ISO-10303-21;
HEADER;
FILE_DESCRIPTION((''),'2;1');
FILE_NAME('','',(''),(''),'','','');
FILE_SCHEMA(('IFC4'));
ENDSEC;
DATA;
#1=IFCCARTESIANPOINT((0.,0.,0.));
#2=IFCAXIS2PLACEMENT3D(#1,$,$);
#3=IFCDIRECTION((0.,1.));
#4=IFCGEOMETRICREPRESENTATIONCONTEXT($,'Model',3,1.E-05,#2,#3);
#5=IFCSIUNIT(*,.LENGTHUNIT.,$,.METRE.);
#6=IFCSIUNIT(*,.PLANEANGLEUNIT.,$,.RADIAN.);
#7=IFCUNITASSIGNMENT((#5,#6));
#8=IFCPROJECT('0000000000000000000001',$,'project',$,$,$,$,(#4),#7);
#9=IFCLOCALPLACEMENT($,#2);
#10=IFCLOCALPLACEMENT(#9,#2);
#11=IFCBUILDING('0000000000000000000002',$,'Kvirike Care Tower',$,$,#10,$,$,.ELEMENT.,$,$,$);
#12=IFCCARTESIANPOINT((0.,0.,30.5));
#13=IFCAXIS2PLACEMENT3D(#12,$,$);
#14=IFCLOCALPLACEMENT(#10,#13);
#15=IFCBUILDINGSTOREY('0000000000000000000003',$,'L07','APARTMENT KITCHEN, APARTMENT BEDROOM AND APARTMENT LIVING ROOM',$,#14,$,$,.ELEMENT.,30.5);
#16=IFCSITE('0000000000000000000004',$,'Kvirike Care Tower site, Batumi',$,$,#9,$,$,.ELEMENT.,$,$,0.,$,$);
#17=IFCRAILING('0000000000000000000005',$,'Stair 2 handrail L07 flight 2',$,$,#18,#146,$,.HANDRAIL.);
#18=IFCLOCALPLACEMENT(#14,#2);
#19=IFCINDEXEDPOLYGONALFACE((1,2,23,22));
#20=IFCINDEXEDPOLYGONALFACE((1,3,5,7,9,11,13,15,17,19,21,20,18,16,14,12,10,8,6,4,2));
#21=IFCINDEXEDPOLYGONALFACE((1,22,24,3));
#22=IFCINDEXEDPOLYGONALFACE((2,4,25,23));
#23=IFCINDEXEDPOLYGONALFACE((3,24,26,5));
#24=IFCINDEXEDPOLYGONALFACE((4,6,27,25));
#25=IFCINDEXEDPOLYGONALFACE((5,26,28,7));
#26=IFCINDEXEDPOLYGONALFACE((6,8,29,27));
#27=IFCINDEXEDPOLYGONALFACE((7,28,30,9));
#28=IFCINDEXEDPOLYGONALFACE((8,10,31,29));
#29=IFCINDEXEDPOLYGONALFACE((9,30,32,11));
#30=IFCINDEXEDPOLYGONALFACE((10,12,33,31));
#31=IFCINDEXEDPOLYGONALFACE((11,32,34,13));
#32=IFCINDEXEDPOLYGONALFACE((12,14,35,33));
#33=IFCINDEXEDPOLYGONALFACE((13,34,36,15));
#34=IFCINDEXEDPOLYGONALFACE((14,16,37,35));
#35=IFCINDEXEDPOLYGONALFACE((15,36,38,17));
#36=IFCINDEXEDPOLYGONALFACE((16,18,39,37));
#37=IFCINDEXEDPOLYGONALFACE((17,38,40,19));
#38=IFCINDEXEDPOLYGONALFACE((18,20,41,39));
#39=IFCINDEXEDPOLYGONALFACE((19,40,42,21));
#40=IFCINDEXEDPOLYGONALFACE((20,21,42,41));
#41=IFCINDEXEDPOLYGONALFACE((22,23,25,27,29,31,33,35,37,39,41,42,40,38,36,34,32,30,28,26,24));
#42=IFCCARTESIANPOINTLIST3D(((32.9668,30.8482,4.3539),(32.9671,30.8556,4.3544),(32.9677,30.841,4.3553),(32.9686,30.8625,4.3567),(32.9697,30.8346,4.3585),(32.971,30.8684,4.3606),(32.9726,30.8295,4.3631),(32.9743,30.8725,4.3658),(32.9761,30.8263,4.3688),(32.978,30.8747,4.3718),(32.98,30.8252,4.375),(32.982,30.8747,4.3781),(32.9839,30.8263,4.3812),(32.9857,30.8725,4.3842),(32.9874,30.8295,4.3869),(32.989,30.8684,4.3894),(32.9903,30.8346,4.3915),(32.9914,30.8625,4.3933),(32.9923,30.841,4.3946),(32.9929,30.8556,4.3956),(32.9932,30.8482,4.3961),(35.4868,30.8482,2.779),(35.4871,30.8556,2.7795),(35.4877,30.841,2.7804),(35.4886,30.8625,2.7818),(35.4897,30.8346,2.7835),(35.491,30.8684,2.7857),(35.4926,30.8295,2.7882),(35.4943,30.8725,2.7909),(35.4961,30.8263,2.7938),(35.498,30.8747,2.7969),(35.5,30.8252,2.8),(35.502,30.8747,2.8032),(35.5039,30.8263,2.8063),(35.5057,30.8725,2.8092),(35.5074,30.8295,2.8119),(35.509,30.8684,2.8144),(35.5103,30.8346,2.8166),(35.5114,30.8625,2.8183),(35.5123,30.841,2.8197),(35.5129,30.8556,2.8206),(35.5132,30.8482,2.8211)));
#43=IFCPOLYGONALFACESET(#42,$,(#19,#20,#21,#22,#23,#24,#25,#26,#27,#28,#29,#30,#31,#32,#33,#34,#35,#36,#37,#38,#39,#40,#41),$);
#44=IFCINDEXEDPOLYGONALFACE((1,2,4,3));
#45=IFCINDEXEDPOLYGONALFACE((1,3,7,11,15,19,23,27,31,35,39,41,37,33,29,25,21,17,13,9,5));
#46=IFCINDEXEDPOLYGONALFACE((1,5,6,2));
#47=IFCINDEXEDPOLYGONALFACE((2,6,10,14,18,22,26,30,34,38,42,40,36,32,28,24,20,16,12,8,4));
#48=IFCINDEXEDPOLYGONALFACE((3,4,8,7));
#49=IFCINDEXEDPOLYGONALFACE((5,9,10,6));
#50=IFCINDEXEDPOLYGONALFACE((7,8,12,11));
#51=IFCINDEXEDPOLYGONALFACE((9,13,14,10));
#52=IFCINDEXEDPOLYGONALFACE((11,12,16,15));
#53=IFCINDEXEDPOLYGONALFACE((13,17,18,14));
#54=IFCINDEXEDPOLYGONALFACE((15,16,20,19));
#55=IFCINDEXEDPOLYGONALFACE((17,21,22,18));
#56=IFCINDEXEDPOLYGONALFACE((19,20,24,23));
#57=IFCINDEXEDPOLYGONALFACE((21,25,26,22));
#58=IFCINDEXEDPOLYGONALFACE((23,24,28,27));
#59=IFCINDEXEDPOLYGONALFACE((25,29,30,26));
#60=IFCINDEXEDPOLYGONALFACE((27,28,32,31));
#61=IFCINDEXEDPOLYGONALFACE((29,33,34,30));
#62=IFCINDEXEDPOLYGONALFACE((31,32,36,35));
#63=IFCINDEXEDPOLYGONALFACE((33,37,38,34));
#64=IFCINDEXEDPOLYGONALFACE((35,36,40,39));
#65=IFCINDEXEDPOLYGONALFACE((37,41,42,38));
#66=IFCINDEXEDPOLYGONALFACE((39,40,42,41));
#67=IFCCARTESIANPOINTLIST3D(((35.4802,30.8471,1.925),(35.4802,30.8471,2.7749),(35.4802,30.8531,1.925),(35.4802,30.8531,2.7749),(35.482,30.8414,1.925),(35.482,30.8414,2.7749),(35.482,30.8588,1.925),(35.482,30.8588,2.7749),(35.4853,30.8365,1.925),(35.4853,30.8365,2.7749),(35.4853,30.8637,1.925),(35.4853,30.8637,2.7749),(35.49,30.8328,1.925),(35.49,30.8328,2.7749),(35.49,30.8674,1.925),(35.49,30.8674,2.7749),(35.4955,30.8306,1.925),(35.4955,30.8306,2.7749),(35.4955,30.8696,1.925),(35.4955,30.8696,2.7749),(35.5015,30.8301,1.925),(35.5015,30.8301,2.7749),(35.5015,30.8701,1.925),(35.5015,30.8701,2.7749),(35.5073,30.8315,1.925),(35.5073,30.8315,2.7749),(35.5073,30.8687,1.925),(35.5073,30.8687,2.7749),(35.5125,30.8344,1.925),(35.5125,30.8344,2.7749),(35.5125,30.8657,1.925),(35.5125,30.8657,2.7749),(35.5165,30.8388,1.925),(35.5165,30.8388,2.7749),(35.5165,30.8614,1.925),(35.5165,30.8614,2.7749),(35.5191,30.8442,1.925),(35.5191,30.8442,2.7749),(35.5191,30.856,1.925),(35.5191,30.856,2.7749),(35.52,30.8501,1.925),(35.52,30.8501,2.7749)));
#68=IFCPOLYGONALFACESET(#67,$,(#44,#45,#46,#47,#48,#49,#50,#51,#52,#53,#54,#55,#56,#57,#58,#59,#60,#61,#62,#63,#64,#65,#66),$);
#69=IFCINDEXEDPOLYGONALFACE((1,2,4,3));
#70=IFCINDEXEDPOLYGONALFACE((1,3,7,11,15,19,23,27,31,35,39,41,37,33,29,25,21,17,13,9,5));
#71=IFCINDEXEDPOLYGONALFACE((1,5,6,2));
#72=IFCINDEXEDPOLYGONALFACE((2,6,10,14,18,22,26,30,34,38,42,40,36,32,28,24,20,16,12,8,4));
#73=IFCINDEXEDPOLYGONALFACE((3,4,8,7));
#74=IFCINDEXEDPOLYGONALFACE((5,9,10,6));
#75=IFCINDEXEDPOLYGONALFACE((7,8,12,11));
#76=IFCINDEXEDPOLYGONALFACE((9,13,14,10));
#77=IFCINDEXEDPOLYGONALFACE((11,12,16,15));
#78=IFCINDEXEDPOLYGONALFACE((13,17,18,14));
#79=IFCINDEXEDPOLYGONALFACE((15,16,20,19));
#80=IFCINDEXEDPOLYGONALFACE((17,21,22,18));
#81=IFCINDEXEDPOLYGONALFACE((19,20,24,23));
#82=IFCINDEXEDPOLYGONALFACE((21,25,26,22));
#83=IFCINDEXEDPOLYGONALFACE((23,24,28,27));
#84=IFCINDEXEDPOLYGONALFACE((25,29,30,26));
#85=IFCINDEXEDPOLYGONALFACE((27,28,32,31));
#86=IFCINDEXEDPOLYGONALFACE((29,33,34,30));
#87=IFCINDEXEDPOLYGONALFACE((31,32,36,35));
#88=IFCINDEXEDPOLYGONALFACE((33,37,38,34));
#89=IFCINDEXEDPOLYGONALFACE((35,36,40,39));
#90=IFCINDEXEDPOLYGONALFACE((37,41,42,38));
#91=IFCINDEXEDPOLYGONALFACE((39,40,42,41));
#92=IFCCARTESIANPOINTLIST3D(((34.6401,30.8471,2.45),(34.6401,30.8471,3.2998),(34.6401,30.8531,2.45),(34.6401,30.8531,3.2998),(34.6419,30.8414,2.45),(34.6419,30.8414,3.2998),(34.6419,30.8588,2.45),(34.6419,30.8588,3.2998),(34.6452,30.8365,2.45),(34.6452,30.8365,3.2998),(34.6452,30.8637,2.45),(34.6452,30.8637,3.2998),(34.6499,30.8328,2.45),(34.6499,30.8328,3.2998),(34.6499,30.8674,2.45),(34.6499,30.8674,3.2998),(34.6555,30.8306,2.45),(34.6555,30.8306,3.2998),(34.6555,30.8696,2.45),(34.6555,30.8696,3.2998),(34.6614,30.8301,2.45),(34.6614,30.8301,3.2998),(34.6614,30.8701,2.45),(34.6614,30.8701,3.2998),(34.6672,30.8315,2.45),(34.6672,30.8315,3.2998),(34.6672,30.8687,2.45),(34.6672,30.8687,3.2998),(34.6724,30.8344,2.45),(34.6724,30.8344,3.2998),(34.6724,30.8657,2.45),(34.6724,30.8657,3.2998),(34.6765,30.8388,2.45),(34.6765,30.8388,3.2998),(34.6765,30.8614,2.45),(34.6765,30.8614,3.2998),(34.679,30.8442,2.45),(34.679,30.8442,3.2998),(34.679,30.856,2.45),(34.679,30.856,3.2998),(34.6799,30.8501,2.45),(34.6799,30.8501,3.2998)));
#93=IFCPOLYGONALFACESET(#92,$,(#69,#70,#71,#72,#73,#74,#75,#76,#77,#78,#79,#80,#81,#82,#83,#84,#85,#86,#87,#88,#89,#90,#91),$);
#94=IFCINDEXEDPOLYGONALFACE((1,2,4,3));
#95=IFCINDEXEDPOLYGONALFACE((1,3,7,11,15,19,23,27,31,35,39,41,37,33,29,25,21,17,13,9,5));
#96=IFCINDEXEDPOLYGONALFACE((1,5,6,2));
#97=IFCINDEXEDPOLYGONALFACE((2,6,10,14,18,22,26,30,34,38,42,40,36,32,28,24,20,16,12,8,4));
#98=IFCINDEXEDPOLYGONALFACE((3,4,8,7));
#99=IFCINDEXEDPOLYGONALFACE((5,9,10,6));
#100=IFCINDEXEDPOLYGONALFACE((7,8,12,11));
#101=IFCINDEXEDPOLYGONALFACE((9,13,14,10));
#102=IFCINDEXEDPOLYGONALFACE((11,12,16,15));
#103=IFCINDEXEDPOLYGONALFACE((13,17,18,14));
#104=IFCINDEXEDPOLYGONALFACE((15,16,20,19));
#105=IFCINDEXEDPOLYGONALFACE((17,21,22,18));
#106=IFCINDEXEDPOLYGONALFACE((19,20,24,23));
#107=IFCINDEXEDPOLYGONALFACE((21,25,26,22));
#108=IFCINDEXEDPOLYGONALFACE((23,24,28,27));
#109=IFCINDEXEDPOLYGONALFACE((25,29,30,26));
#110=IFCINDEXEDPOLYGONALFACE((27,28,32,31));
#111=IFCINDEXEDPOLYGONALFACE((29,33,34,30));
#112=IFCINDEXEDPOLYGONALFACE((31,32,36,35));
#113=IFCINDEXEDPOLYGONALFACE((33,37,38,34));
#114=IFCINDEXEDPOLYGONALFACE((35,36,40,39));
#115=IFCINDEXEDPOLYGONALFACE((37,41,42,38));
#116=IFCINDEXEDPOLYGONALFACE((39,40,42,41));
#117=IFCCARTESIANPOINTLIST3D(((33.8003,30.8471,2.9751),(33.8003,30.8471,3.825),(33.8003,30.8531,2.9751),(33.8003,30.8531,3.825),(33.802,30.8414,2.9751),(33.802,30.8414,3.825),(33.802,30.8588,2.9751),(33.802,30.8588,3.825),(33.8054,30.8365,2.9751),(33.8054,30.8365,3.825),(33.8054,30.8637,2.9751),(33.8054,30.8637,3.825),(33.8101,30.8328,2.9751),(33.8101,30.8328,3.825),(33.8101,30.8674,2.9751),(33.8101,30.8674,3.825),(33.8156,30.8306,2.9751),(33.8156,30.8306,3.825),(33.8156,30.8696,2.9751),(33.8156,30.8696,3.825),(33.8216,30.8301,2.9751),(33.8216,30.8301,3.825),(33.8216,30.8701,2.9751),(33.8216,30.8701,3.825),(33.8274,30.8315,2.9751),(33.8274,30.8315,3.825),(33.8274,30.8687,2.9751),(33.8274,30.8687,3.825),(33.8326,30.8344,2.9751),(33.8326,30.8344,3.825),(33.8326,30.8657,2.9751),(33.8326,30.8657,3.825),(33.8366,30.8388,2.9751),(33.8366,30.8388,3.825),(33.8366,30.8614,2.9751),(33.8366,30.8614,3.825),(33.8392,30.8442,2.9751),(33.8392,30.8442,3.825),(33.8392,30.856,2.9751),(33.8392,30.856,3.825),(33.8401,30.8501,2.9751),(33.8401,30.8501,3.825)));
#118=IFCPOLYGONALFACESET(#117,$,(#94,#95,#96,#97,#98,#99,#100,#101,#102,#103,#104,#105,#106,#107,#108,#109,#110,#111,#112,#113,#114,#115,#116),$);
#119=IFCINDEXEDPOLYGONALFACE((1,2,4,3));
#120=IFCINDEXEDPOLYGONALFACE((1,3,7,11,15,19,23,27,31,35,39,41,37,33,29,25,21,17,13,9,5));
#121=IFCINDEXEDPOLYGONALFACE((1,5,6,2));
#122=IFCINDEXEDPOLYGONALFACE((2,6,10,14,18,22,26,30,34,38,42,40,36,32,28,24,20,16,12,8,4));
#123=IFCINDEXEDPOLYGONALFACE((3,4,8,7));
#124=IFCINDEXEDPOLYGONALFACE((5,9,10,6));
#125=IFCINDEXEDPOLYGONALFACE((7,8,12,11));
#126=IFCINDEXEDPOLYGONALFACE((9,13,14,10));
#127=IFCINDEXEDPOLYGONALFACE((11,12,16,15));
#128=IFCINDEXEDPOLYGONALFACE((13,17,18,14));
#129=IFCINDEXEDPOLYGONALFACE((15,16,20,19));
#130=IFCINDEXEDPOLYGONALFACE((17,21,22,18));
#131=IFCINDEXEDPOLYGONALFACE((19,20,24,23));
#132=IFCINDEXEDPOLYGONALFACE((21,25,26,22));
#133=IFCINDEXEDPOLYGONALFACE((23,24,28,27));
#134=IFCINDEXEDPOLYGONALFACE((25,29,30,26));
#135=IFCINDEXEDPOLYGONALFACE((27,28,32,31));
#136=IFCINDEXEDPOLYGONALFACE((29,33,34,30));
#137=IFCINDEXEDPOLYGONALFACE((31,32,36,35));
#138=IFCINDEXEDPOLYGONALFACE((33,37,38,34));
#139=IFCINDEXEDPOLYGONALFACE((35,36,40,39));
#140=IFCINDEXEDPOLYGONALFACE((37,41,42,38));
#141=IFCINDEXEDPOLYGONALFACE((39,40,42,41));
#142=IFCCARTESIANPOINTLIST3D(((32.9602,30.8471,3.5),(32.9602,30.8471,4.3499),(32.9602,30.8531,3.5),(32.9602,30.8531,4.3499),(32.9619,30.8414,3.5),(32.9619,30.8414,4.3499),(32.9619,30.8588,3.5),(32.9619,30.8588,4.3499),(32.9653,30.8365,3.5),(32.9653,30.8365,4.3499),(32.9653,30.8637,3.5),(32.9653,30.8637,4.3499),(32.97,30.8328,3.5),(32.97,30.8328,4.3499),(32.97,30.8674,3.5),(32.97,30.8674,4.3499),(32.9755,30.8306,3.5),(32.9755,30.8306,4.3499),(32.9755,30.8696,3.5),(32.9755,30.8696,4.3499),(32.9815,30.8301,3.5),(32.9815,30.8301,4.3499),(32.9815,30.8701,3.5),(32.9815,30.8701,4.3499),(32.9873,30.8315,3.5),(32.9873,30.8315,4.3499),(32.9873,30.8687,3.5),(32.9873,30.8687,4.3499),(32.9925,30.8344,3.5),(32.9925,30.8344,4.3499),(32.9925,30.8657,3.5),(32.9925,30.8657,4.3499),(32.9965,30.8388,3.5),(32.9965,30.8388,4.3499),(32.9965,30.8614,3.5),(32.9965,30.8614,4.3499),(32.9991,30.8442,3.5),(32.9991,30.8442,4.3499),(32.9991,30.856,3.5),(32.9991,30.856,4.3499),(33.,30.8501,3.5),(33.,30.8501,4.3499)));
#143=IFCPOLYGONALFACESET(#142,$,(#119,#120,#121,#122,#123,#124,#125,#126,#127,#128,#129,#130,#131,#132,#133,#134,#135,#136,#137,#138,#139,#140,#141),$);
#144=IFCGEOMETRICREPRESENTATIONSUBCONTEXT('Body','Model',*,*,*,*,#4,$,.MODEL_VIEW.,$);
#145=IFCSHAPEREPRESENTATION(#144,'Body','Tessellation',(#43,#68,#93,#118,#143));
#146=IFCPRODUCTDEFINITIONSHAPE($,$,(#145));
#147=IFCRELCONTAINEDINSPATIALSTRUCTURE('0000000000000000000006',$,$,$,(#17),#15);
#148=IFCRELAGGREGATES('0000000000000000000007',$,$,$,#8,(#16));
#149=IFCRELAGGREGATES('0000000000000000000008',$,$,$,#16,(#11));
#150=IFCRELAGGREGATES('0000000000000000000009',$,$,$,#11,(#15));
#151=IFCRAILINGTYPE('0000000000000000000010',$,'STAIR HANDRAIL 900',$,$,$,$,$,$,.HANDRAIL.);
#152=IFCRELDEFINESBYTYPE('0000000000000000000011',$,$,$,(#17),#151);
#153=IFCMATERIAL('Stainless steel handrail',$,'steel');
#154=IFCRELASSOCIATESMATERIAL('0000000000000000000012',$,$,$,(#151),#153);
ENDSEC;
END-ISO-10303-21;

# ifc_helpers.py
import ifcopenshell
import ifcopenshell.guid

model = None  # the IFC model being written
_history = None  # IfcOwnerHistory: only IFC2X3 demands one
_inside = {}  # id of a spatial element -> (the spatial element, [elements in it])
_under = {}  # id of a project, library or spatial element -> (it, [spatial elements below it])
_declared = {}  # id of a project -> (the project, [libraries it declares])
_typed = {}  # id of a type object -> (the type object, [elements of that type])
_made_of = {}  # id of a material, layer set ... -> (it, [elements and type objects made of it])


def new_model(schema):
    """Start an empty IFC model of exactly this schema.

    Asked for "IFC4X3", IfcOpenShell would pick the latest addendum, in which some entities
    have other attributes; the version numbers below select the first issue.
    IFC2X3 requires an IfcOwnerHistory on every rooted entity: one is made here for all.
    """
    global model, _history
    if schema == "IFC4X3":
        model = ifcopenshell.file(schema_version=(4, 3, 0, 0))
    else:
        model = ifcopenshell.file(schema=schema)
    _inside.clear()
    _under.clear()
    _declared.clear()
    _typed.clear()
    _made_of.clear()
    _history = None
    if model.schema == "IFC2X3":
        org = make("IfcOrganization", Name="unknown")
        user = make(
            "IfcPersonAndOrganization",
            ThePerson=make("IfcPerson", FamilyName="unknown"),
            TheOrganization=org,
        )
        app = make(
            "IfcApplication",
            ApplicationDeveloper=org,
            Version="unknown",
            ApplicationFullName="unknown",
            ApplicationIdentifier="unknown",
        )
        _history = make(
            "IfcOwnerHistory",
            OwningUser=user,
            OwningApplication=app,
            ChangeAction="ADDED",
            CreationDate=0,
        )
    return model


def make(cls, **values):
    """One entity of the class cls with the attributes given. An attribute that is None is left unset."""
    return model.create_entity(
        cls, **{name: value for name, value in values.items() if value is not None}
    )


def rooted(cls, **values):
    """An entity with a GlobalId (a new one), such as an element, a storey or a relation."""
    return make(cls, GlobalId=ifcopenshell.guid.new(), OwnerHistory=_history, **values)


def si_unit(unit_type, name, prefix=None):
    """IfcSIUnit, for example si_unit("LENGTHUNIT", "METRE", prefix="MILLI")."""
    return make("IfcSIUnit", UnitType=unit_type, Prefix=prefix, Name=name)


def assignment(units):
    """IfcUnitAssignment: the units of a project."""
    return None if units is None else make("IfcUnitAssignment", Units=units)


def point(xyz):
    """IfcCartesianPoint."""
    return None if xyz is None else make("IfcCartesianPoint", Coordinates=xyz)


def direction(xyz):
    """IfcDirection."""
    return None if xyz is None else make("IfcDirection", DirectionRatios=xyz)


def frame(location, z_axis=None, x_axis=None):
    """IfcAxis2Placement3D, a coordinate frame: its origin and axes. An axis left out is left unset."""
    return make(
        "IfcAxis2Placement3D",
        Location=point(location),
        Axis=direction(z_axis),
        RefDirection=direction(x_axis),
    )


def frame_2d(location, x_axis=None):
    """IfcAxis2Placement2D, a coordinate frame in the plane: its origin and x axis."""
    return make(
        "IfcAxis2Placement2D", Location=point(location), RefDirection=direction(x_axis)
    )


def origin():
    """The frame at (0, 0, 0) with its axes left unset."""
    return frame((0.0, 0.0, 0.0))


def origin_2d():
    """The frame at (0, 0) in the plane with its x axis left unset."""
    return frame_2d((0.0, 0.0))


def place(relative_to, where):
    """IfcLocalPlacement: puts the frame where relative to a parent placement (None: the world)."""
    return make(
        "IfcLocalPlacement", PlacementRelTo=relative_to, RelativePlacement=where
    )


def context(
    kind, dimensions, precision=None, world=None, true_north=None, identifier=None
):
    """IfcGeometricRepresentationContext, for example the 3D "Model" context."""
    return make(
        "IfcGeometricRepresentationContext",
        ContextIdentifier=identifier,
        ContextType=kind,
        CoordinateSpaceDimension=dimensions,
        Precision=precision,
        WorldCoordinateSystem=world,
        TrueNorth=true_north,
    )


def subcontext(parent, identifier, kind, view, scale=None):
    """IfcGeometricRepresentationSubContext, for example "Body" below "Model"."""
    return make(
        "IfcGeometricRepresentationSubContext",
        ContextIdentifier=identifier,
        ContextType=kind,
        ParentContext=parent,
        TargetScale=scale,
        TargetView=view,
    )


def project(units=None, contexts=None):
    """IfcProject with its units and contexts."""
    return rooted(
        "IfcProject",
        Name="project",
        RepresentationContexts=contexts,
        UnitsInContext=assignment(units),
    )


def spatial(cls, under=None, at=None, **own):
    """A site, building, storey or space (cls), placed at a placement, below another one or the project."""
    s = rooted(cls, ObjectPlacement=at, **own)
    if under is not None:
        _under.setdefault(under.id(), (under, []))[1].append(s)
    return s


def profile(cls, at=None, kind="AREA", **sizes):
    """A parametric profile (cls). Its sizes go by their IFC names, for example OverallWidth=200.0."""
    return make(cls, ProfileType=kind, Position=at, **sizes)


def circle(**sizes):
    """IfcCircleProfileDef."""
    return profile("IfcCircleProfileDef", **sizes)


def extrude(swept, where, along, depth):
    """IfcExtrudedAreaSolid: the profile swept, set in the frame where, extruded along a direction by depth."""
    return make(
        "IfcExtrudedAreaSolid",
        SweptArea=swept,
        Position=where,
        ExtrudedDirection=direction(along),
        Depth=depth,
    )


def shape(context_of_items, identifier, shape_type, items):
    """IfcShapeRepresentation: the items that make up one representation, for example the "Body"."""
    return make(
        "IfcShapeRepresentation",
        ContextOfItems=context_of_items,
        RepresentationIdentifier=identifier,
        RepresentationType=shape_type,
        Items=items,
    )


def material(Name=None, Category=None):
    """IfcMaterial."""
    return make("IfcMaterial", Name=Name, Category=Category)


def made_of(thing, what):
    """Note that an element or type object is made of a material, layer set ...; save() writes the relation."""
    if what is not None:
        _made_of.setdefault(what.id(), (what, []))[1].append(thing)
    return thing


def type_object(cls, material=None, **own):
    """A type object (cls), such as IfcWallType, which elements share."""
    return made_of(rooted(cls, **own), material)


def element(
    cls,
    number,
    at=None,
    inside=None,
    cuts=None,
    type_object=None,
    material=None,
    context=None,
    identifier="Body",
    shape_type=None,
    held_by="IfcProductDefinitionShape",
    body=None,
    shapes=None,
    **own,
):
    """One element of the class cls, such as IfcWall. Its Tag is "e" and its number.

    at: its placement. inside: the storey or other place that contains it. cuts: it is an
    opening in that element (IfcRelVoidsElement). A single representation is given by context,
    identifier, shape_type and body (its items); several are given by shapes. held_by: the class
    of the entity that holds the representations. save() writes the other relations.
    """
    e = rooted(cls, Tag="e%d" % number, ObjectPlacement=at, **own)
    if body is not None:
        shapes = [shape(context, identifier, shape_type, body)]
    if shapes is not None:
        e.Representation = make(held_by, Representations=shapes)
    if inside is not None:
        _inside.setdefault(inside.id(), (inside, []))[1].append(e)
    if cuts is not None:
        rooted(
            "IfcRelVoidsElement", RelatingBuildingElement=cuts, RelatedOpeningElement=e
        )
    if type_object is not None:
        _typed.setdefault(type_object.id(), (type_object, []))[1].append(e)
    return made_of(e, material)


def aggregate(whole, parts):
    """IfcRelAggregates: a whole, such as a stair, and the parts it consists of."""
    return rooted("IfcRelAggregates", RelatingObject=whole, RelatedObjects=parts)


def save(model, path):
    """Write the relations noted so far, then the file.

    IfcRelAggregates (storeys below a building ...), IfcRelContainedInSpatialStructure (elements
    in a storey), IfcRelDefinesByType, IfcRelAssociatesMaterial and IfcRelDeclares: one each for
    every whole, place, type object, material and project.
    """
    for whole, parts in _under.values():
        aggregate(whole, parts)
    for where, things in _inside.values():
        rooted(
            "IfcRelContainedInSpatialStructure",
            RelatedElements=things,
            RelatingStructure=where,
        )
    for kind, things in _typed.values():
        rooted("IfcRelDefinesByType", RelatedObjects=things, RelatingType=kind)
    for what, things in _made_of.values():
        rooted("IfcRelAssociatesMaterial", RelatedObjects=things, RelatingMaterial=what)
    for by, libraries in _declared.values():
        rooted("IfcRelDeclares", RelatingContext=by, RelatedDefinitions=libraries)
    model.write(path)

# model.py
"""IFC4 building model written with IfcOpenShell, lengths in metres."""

from ifc_helpers import new_model, si_unit, direction, frame, origin, origin_2d, place, context, subcontext, project, spatial, circle, extrude, material, type_object, element, save


model = new_model("IFC4")

# Units and contexts
model_context = context("Model", 3, precision=1e-05, world=origin(), true_north=direction((0.0, 1.0)))
body_context = subcontext(model_context, "Body", "Model", "MODEL_VIEW")
ifc_project = project(units=[si_unit("LENGTHUNIT", "METRE"), si_unit("PLANEANGLEUNIT", "RADIAN")], contexts=[model_context])

# Site, building, storey
site_placement = place(None, origin())
site = spatial("IfcSite", under=ifc_project, at=site_placement, Name="Kvirike Care Tower site, Batumi", CompositionType="ELEMENT", RefElevation=0.0)
building_placement = place(site_placement, origin())
building = spatial("IfcBuilding", under=site, at=building_placement, Name="Kvirike Care Tower", CompositionType="ELEMENT")
storey_placement = place(building_placement, frame((0.0, 0.0, 30.5)))
storey = spatial("IfcBuildingStorey", under=building, at=storey_placement, Name="L07", Description="APARTMENT KITCHEN, APARTMENT BEDROOM AND APARTMENT LIVING ROOM", CompositionType="ELEMENT", Elevation=30.5)

# Railing
ifc_material_1 = material(Name="Stainless steel handrail", Category="steel")
railing_type = type_object("IfcRailingType", Name="STAIR HANDRAIL 900", PredefinedType="HANDRAIL", material=ifc_material_1)
railing_placement = place(storey_placement, frame((35.5, 30.8501, 1.925)))
element("IfcRailing", 1, at=railing_placement, inside=storey, type_object=railing_type, Name="Stair 2 handrail L07 flight 2", PredefinedType="HANDRAIL", context=body_context, shape_type="SweptSolid", body=[
    extrude(circle(Radius=0.0249, at=origin_2d()), frame((0.0, 0.0, 0.875), z_axis=(-0.848008, 0.0, 0.529984), x_axis=(0.0, -1.0, 0.0)), (0.0, 0.0, 1.0), 2.9717),
    extrude(circle(Radius=0.02, at=origin_2d()), origin(), (0.0, 0.0, 1.0), 0.8499),
    extrude(circle(Radius=0.02, at=origin_2d()), frame((-0.8401, 0.0, 0.5249)), (0.0, 0.0, 1.0), 0.8499),
    extrude(circle(Radius=0.02, at=origin_2d()), frame((-1.6799, 0.0, 1.05)), (0.0, 0.0, 1.0), 0.8499),
    extrude(circle(Radius=0.02, at=origin_2d()), frame((-2.52, 0.0, 1.575)), (0.0, 0.0, 1.0), 0.8499),
])

save(model, "model.ifc")
